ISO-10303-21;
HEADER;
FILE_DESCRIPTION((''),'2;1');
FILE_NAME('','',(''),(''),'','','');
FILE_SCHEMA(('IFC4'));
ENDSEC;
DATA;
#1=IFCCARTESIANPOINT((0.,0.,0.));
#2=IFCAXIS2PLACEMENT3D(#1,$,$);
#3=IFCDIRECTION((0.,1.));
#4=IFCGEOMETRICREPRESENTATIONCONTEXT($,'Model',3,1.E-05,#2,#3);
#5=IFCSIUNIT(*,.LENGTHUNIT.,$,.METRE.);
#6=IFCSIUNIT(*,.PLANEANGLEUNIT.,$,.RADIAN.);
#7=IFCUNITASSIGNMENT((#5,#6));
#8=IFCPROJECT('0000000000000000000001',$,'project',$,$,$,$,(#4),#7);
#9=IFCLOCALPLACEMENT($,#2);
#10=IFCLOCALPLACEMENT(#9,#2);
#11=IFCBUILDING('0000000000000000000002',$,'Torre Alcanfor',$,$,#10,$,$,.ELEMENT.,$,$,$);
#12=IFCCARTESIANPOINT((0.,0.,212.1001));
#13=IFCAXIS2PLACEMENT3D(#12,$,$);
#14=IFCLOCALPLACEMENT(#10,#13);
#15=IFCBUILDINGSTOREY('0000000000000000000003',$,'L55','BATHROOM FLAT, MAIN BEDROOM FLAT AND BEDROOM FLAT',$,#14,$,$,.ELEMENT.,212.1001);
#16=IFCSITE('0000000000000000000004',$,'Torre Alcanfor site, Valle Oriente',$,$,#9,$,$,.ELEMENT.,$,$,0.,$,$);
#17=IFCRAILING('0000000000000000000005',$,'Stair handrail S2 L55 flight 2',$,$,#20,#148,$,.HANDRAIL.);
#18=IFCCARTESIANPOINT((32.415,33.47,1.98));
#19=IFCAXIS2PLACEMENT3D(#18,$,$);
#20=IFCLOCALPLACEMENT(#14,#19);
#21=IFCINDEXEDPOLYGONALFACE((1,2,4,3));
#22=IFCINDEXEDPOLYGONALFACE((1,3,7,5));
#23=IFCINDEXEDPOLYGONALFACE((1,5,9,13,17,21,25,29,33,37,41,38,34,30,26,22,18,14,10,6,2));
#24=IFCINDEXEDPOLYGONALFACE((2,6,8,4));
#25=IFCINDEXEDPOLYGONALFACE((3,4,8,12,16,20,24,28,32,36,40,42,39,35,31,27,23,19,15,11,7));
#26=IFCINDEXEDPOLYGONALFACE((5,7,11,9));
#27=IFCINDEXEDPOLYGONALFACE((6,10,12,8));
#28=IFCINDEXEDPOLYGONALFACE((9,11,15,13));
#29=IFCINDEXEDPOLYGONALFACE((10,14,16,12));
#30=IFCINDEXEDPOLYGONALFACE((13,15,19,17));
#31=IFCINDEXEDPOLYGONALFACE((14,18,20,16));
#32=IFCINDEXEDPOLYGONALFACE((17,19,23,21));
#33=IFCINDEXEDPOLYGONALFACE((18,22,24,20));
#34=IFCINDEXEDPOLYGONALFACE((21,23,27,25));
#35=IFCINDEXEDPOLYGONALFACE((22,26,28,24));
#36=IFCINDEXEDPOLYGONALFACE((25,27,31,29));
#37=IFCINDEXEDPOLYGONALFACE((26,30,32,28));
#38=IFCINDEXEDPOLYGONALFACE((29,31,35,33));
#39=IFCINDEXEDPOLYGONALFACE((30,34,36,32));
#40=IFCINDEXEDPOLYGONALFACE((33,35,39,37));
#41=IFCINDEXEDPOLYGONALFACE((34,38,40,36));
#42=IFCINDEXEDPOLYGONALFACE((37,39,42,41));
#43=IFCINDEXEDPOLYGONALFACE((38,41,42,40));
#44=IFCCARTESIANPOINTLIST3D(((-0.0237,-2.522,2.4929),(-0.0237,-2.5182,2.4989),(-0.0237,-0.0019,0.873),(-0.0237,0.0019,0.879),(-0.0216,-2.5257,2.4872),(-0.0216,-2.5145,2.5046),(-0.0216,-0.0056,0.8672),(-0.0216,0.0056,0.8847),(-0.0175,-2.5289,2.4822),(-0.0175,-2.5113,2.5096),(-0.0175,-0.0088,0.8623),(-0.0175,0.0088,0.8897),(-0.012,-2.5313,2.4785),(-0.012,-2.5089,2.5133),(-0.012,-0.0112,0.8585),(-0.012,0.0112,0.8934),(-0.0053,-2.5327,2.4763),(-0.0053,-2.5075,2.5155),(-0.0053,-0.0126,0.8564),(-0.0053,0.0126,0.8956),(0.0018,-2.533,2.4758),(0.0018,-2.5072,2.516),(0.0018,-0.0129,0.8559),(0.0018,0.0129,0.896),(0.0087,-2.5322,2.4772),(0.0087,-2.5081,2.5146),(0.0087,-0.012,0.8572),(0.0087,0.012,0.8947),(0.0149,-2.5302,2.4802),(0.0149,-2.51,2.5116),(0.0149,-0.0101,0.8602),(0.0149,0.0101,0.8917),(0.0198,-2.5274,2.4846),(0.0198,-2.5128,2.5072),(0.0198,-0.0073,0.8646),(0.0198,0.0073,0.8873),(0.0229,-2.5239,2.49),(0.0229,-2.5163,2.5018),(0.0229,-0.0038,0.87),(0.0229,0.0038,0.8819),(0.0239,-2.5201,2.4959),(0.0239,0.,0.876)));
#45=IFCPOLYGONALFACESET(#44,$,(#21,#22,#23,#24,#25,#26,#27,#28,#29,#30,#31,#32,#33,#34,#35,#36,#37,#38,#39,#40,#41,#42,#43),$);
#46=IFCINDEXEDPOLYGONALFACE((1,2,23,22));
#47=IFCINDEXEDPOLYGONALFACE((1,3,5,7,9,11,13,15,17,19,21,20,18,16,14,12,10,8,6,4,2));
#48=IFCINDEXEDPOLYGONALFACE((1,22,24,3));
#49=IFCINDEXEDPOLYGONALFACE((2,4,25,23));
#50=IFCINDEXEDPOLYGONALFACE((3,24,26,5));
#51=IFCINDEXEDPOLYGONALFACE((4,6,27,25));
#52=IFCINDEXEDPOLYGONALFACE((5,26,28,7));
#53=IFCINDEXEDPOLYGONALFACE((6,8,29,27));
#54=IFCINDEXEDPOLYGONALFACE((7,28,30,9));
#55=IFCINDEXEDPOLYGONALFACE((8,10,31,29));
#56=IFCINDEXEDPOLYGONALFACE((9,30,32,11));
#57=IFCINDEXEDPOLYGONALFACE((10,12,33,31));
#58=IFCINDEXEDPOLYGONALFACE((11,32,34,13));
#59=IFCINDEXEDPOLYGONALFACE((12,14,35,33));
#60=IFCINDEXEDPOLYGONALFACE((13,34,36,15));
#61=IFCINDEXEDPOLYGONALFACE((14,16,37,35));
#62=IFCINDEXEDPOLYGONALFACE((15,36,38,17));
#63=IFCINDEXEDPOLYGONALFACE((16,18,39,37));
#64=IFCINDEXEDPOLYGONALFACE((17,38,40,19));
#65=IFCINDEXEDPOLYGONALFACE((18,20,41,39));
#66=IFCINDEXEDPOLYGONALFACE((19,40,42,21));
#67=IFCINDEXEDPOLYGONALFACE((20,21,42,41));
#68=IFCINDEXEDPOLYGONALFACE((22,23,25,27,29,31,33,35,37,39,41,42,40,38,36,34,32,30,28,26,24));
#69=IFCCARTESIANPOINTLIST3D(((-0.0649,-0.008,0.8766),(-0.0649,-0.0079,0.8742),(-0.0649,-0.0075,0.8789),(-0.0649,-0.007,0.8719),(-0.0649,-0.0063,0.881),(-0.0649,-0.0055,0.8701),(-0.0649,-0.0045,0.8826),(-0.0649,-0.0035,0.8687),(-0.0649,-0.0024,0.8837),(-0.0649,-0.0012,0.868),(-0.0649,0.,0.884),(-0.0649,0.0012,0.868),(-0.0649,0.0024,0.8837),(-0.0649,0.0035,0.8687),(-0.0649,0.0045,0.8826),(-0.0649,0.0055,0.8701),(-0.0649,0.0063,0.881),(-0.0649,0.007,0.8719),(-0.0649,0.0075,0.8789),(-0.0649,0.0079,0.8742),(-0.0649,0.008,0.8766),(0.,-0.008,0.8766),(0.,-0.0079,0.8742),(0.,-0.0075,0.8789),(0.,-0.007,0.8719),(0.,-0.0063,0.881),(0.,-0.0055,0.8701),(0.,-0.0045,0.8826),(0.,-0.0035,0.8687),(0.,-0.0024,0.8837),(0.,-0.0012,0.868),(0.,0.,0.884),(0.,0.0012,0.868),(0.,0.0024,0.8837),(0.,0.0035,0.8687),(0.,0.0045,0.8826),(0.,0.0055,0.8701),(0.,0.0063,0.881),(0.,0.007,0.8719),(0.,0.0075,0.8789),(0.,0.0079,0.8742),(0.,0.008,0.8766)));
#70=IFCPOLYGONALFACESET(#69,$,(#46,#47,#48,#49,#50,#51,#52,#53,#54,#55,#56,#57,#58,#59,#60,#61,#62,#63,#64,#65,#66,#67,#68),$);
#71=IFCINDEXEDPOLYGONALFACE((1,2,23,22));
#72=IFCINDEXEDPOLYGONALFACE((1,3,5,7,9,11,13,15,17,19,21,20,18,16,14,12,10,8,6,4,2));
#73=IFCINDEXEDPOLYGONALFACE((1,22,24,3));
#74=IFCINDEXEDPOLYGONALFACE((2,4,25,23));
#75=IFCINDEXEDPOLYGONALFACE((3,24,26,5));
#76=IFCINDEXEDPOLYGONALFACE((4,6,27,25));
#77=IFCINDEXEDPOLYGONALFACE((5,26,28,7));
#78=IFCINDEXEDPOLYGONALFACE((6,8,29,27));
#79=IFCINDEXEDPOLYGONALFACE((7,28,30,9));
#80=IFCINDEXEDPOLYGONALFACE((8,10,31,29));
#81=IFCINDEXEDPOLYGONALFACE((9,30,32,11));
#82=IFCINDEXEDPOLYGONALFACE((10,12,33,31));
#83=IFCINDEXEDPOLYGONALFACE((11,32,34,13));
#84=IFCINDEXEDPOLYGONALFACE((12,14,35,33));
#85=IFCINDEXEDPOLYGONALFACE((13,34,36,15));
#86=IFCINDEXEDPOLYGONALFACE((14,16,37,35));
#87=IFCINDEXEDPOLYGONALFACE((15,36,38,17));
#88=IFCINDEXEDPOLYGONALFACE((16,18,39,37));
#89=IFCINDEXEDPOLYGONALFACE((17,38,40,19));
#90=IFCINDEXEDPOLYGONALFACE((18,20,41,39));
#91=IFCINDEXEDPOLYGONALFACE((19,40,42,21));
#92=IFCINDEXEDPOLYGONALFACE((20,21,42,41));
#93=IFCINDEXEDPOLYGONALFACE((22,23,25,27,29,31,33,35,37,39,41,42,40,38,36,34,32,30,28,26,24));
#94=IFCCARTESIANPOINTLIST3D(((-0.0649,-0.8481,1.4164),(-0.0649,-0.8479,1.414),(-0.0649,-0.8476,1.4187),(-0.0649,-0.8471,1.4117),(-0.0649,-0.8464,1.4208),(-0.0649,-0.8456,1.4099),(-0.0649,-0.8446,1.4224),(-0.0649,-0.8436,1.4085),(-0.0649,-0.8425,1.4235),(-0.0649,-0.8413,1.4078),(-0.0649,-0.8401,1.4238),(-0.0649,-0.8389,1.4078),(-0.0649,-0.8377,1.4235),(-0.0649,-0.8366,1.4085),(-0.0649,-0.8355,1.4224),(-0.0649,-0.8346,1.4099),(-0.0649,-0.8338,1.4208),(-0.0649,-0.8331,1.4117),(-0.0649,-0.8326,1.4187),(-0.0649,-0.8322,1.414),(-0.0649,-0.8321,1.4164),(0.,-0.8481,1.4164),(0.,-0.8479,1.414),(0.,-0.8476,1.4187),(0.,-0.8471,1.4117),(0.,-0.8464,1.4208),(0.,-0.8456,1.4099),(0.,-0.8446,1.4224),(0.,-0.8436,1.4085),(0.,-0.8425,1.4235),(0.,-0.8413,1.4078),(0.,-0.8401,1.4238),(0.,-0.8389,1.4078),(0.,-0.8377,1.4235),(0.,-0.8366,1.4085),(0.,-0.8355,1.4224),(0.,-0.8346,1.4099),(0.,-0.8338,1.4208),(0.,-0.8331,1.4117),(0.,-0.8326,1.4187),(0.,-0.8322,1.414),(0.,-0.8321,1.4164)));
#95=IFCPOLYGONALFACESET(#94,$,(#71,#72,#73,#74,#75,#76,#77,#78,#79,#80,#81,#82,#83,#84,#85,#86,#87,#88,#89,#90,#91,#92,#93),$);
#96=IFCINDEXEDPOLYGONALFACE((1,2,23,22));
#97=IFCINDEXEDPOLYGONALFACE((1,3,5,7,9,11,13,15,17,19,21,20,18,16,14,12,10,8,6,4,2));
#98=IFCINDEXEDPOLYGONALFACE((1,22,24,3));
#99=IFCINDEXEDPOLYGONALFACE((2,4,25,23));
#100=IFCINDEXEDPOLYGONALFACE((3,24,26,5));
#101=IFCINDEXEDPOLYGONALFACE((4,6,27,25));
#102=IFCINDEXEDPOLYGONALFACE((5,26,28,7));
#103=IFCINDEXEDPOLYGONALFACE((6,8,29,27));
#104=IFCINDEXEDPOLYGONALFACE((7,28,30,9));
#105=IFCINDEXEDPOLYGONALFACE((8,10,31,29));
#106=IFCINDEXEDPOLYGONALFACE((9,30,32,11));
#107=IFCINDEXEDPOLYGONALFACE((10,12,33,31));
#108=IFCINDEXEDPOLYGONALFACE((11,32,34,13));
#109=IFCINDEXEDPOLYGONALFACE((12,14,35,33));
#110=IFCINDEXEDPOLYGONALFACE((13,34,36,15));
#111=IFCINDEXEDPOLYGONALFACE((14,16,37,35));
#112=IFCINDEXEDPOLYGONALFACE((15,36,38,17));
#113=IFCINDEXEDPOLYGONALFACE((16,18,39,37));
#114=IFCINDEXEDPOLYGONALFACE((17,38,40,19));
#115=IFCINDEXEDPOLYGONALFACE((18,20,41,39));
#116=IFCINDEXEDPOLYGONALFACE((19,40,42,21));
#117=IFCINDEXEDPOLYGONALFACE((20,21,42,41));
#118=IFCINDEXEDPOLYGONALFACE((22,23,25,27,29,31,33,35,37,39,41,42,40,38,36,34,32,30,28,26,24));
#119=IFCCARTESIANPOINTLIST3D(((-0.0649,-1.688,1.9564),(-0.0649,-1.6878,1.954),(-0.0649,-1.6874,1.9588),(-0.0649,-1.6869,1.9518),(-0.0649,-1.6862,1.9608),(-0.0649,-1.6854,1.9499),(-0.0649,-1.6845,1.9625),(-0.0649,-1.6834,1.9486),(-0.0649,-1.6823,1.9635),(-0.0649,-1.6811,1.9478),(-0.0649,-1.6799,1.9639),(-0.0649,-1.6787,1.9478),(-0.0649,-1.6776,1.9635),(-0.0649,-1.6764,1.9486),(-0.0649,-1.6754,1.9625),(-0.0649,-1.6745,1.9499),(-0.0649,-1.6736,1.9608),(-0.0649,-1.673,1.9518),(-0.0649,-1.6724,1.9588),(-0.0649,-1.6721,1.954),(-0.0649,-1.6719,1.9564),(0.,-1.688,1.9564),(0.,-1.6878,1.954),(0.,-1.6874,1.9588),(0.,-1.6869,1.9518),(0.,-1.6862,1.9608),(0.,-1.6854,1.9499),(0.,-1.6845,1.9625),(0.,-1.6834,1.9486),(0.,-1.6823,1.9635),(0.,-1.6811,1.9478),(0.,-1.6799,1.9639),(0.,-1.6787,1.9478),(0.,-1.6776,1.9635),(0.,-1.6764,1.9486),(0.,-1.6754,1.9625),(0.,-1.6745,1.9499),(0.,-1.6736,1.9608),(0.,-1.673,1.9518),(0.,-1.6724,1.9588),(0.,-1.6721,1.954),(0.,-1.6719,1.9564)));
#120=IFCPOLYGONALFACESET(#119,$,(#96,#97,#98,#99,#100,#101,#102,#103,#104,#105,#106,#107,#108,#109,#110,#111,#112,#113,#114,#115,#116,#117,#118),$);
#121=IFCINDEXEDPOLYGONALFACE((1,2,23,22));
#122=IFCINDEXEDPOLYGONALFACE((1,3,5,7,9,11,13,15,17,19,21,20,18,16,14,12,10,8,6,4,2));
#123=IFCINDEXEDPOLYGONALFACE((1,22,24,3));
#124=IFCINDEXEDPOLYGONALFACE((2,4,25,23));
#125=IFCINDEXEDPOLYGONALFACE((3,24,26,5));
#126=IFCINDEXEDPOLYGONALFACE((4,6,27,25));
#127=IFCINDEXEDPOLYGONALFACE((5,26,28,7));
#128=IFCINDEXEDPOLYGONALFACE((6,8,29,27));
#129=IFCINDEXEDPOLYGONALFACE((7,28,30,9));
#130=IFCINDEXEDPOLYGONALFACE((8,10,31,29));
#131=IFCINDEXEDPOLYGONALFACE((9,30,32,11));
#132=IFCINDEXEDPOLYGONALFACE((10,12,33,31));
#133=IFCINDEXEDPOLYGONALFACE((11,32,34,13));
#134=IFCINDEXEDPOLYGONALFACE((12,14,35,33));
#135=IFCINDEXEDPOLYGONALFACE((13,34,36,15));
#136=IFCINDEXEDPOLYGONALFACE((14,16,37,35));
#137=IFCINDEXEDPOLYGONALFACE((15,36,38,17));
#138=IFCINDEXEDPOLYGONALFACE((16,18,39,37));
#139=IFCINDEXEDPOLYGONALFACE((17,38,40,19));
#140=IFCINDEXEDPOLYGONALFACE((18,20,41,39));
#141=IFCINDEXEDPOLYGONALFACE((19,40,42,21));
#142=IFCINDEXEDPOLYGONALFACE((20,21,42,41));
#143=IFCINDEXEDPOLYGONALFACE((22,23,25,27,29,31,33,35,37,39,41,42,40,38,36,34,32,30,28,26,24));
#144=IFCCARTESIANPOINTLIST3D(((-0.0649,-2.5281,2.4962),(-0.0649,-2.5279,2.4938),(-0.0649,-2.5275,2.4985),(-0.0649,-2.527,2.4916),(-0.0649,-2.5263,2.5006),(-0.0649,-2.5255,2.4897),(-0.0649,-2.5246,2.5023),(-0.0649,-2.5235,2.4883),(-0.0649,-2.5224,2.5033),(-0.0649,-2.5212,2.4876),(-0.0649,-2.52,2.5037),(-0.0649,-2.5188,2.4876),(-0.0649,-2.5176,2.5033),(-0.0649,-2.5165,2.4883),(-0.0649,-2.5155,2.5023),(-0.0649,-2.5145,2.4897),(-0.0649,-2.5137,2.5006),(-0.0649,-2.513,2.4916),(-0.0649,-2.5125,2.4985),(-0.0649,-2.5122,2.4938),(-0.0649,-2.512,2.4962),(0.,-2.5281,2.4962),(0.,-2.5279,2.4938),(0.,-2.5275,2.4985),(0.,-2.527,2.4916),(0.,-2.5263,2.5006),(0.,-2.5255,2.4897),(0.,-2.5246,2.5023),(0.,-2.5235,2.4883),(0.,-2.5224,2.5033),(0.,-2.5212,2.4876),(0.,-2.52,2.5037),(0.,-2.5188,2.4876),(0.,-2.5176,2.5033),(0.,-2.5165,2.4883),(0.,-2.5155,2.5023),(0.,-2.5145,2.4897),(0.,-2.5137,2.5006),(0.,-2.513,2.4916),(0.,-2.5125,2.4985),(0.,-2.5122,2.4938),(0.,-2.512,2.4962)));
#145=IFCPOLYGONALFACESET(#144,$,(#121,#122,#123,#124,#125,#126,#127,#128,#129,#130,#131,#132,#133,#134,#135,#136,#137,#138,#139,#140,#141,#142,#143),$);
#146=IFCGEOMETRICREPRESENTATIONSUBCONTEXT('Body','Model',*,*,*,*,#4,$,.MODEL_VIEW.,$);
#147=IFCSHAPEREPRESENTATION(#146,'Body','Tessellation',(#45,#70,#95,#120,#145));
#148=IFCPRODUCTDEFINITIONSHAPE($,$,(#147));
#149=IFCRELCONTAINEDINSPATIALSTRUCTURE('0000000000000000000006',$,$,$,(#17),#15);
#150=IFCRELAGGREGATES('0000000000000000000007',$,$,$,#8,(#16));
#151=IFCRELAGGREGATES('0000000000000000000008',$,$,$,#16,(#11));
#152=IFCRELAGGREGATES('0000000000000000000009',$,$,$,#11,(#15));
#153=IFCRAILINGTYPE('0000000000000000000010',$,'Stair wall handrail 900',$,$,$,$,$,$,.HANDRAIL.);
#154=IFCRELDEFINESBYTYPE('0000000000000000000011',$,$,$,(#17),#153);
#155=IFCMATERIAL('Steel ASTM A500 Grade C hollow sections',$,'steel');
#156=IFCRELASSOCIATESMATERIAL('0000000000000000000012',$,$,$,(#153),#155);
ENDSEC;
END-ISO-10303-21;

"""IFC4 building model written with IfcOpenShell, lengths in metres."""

from ifc_helpers import new_model, si_unit, direction, frame, origin, origin_2d, place, context, subcontext, project, spatial, circle, extrude, material, type_object, element, save


model = new_model("IFC4")

# Units and contexts
model_context = context("Model", 3, precision=1e-05, world=origin(), true_north=direction((0.0, 1.0)))
body_context = subcontext(model_context, "Body", "Model", "MODEL_VIEW")
ifc_project = project(units=[si_unit("LENGTHUNIT", "METRE"), si_unit("PLANEANGLEUNIT", "RADIAN")], contexts=[model_context])

# Site, building, storey
site_placement = place(None, origin())
site = spatial("IfcSite", under=ifc_project, at=site_placement, Name="Torre Alcanfor site, Valle Oriente", CompositionType="ELEMENT", RefElevation=0.0)
building_placement = place(site_placement, origin())
building = spatial("IfcBuilding", under=site, at=building_placement, Name="Torre Alcanfor", CompositionType="ELEMENT")
storey_placement = place(building_placement, frame((0.0, 0.0, 212.1001)))
storey = spatial("IfcBuildingStorey", under=building, at=storey_placement, Name="L55", Description="BATHROOM FLAT, MAIN BEDROOM FLAT AND BEDROOM FLAT", CompositionType="ELEMENT", Elevation=212.1001)

# Railing
ifc_material_1 = material(Name="Steel ASTM A500 Grade C hollow sections", Category="steel")
railing_type_1 = type_object("IfcRailingType", Name="Stair wall handrail 900", PredefinedType="HANDRAIL", material=ifc_material_1)
railing_1_placement = place(storey_placement, frame((32.415, 33.47, 1.98)))
element("IfcRailing", 1, at=railing_1_placement, inside=storey, type_object=railing_type_1, Name="Stair handrail S2 L55 flight 2", PredefinedType="HANDRAIL", context=body_context, shape_type="SweptSolid", body=[
    extrude(circle(Radius=0.0239, at=origin_2d()), frame((0.0, 0.0, 0.876), z_axis=(0.0, -0.8412, 0.540725), x_axis=(1.0, 0.0, 0.0)), (0.0, 0.0, 1.0), 2.9958),
    extrude(circle(Radius=0.0081, at=origin_2d()), frame((0.0, 0.0, 0.876), z_axis=(-1.0, 0.0, 0.0), x_axis=(0.0, 0.0, 1.0)), (0.0, 0.0, 1.0), 0.0649),
    extrude(circle(Radius=0.0081, at=origin_2d()), frame((0.0, -0.8401, 1.4158), z_axis=(-1.0, 0.0, 0.0), x_axis=(0.0, 0.0, 1.0)), (0.0, 0.0, 1.0), 0.0649),
    extrude(circle(Radius=0.0081, at=origin_2d()), frame((0.0, -1.6799, 1.9558), z_axis=(-1.0, 0.0, 0.0), x_axis=(0.0, 0.0, 1.0)), (0.0, 0.0, 1.0), 0.0649),
    extrude(circle(Radius=0.0081, at=origin_2d()), frame((0.0, -2.52, 2.4956), z_axis=(-1.0, 0.0, 0.0), x_axis=(0.0, 0.0, 1.0)), (0.0, 0.0, 1.0), 0.0649),
])

save(model, "model.ifc")
